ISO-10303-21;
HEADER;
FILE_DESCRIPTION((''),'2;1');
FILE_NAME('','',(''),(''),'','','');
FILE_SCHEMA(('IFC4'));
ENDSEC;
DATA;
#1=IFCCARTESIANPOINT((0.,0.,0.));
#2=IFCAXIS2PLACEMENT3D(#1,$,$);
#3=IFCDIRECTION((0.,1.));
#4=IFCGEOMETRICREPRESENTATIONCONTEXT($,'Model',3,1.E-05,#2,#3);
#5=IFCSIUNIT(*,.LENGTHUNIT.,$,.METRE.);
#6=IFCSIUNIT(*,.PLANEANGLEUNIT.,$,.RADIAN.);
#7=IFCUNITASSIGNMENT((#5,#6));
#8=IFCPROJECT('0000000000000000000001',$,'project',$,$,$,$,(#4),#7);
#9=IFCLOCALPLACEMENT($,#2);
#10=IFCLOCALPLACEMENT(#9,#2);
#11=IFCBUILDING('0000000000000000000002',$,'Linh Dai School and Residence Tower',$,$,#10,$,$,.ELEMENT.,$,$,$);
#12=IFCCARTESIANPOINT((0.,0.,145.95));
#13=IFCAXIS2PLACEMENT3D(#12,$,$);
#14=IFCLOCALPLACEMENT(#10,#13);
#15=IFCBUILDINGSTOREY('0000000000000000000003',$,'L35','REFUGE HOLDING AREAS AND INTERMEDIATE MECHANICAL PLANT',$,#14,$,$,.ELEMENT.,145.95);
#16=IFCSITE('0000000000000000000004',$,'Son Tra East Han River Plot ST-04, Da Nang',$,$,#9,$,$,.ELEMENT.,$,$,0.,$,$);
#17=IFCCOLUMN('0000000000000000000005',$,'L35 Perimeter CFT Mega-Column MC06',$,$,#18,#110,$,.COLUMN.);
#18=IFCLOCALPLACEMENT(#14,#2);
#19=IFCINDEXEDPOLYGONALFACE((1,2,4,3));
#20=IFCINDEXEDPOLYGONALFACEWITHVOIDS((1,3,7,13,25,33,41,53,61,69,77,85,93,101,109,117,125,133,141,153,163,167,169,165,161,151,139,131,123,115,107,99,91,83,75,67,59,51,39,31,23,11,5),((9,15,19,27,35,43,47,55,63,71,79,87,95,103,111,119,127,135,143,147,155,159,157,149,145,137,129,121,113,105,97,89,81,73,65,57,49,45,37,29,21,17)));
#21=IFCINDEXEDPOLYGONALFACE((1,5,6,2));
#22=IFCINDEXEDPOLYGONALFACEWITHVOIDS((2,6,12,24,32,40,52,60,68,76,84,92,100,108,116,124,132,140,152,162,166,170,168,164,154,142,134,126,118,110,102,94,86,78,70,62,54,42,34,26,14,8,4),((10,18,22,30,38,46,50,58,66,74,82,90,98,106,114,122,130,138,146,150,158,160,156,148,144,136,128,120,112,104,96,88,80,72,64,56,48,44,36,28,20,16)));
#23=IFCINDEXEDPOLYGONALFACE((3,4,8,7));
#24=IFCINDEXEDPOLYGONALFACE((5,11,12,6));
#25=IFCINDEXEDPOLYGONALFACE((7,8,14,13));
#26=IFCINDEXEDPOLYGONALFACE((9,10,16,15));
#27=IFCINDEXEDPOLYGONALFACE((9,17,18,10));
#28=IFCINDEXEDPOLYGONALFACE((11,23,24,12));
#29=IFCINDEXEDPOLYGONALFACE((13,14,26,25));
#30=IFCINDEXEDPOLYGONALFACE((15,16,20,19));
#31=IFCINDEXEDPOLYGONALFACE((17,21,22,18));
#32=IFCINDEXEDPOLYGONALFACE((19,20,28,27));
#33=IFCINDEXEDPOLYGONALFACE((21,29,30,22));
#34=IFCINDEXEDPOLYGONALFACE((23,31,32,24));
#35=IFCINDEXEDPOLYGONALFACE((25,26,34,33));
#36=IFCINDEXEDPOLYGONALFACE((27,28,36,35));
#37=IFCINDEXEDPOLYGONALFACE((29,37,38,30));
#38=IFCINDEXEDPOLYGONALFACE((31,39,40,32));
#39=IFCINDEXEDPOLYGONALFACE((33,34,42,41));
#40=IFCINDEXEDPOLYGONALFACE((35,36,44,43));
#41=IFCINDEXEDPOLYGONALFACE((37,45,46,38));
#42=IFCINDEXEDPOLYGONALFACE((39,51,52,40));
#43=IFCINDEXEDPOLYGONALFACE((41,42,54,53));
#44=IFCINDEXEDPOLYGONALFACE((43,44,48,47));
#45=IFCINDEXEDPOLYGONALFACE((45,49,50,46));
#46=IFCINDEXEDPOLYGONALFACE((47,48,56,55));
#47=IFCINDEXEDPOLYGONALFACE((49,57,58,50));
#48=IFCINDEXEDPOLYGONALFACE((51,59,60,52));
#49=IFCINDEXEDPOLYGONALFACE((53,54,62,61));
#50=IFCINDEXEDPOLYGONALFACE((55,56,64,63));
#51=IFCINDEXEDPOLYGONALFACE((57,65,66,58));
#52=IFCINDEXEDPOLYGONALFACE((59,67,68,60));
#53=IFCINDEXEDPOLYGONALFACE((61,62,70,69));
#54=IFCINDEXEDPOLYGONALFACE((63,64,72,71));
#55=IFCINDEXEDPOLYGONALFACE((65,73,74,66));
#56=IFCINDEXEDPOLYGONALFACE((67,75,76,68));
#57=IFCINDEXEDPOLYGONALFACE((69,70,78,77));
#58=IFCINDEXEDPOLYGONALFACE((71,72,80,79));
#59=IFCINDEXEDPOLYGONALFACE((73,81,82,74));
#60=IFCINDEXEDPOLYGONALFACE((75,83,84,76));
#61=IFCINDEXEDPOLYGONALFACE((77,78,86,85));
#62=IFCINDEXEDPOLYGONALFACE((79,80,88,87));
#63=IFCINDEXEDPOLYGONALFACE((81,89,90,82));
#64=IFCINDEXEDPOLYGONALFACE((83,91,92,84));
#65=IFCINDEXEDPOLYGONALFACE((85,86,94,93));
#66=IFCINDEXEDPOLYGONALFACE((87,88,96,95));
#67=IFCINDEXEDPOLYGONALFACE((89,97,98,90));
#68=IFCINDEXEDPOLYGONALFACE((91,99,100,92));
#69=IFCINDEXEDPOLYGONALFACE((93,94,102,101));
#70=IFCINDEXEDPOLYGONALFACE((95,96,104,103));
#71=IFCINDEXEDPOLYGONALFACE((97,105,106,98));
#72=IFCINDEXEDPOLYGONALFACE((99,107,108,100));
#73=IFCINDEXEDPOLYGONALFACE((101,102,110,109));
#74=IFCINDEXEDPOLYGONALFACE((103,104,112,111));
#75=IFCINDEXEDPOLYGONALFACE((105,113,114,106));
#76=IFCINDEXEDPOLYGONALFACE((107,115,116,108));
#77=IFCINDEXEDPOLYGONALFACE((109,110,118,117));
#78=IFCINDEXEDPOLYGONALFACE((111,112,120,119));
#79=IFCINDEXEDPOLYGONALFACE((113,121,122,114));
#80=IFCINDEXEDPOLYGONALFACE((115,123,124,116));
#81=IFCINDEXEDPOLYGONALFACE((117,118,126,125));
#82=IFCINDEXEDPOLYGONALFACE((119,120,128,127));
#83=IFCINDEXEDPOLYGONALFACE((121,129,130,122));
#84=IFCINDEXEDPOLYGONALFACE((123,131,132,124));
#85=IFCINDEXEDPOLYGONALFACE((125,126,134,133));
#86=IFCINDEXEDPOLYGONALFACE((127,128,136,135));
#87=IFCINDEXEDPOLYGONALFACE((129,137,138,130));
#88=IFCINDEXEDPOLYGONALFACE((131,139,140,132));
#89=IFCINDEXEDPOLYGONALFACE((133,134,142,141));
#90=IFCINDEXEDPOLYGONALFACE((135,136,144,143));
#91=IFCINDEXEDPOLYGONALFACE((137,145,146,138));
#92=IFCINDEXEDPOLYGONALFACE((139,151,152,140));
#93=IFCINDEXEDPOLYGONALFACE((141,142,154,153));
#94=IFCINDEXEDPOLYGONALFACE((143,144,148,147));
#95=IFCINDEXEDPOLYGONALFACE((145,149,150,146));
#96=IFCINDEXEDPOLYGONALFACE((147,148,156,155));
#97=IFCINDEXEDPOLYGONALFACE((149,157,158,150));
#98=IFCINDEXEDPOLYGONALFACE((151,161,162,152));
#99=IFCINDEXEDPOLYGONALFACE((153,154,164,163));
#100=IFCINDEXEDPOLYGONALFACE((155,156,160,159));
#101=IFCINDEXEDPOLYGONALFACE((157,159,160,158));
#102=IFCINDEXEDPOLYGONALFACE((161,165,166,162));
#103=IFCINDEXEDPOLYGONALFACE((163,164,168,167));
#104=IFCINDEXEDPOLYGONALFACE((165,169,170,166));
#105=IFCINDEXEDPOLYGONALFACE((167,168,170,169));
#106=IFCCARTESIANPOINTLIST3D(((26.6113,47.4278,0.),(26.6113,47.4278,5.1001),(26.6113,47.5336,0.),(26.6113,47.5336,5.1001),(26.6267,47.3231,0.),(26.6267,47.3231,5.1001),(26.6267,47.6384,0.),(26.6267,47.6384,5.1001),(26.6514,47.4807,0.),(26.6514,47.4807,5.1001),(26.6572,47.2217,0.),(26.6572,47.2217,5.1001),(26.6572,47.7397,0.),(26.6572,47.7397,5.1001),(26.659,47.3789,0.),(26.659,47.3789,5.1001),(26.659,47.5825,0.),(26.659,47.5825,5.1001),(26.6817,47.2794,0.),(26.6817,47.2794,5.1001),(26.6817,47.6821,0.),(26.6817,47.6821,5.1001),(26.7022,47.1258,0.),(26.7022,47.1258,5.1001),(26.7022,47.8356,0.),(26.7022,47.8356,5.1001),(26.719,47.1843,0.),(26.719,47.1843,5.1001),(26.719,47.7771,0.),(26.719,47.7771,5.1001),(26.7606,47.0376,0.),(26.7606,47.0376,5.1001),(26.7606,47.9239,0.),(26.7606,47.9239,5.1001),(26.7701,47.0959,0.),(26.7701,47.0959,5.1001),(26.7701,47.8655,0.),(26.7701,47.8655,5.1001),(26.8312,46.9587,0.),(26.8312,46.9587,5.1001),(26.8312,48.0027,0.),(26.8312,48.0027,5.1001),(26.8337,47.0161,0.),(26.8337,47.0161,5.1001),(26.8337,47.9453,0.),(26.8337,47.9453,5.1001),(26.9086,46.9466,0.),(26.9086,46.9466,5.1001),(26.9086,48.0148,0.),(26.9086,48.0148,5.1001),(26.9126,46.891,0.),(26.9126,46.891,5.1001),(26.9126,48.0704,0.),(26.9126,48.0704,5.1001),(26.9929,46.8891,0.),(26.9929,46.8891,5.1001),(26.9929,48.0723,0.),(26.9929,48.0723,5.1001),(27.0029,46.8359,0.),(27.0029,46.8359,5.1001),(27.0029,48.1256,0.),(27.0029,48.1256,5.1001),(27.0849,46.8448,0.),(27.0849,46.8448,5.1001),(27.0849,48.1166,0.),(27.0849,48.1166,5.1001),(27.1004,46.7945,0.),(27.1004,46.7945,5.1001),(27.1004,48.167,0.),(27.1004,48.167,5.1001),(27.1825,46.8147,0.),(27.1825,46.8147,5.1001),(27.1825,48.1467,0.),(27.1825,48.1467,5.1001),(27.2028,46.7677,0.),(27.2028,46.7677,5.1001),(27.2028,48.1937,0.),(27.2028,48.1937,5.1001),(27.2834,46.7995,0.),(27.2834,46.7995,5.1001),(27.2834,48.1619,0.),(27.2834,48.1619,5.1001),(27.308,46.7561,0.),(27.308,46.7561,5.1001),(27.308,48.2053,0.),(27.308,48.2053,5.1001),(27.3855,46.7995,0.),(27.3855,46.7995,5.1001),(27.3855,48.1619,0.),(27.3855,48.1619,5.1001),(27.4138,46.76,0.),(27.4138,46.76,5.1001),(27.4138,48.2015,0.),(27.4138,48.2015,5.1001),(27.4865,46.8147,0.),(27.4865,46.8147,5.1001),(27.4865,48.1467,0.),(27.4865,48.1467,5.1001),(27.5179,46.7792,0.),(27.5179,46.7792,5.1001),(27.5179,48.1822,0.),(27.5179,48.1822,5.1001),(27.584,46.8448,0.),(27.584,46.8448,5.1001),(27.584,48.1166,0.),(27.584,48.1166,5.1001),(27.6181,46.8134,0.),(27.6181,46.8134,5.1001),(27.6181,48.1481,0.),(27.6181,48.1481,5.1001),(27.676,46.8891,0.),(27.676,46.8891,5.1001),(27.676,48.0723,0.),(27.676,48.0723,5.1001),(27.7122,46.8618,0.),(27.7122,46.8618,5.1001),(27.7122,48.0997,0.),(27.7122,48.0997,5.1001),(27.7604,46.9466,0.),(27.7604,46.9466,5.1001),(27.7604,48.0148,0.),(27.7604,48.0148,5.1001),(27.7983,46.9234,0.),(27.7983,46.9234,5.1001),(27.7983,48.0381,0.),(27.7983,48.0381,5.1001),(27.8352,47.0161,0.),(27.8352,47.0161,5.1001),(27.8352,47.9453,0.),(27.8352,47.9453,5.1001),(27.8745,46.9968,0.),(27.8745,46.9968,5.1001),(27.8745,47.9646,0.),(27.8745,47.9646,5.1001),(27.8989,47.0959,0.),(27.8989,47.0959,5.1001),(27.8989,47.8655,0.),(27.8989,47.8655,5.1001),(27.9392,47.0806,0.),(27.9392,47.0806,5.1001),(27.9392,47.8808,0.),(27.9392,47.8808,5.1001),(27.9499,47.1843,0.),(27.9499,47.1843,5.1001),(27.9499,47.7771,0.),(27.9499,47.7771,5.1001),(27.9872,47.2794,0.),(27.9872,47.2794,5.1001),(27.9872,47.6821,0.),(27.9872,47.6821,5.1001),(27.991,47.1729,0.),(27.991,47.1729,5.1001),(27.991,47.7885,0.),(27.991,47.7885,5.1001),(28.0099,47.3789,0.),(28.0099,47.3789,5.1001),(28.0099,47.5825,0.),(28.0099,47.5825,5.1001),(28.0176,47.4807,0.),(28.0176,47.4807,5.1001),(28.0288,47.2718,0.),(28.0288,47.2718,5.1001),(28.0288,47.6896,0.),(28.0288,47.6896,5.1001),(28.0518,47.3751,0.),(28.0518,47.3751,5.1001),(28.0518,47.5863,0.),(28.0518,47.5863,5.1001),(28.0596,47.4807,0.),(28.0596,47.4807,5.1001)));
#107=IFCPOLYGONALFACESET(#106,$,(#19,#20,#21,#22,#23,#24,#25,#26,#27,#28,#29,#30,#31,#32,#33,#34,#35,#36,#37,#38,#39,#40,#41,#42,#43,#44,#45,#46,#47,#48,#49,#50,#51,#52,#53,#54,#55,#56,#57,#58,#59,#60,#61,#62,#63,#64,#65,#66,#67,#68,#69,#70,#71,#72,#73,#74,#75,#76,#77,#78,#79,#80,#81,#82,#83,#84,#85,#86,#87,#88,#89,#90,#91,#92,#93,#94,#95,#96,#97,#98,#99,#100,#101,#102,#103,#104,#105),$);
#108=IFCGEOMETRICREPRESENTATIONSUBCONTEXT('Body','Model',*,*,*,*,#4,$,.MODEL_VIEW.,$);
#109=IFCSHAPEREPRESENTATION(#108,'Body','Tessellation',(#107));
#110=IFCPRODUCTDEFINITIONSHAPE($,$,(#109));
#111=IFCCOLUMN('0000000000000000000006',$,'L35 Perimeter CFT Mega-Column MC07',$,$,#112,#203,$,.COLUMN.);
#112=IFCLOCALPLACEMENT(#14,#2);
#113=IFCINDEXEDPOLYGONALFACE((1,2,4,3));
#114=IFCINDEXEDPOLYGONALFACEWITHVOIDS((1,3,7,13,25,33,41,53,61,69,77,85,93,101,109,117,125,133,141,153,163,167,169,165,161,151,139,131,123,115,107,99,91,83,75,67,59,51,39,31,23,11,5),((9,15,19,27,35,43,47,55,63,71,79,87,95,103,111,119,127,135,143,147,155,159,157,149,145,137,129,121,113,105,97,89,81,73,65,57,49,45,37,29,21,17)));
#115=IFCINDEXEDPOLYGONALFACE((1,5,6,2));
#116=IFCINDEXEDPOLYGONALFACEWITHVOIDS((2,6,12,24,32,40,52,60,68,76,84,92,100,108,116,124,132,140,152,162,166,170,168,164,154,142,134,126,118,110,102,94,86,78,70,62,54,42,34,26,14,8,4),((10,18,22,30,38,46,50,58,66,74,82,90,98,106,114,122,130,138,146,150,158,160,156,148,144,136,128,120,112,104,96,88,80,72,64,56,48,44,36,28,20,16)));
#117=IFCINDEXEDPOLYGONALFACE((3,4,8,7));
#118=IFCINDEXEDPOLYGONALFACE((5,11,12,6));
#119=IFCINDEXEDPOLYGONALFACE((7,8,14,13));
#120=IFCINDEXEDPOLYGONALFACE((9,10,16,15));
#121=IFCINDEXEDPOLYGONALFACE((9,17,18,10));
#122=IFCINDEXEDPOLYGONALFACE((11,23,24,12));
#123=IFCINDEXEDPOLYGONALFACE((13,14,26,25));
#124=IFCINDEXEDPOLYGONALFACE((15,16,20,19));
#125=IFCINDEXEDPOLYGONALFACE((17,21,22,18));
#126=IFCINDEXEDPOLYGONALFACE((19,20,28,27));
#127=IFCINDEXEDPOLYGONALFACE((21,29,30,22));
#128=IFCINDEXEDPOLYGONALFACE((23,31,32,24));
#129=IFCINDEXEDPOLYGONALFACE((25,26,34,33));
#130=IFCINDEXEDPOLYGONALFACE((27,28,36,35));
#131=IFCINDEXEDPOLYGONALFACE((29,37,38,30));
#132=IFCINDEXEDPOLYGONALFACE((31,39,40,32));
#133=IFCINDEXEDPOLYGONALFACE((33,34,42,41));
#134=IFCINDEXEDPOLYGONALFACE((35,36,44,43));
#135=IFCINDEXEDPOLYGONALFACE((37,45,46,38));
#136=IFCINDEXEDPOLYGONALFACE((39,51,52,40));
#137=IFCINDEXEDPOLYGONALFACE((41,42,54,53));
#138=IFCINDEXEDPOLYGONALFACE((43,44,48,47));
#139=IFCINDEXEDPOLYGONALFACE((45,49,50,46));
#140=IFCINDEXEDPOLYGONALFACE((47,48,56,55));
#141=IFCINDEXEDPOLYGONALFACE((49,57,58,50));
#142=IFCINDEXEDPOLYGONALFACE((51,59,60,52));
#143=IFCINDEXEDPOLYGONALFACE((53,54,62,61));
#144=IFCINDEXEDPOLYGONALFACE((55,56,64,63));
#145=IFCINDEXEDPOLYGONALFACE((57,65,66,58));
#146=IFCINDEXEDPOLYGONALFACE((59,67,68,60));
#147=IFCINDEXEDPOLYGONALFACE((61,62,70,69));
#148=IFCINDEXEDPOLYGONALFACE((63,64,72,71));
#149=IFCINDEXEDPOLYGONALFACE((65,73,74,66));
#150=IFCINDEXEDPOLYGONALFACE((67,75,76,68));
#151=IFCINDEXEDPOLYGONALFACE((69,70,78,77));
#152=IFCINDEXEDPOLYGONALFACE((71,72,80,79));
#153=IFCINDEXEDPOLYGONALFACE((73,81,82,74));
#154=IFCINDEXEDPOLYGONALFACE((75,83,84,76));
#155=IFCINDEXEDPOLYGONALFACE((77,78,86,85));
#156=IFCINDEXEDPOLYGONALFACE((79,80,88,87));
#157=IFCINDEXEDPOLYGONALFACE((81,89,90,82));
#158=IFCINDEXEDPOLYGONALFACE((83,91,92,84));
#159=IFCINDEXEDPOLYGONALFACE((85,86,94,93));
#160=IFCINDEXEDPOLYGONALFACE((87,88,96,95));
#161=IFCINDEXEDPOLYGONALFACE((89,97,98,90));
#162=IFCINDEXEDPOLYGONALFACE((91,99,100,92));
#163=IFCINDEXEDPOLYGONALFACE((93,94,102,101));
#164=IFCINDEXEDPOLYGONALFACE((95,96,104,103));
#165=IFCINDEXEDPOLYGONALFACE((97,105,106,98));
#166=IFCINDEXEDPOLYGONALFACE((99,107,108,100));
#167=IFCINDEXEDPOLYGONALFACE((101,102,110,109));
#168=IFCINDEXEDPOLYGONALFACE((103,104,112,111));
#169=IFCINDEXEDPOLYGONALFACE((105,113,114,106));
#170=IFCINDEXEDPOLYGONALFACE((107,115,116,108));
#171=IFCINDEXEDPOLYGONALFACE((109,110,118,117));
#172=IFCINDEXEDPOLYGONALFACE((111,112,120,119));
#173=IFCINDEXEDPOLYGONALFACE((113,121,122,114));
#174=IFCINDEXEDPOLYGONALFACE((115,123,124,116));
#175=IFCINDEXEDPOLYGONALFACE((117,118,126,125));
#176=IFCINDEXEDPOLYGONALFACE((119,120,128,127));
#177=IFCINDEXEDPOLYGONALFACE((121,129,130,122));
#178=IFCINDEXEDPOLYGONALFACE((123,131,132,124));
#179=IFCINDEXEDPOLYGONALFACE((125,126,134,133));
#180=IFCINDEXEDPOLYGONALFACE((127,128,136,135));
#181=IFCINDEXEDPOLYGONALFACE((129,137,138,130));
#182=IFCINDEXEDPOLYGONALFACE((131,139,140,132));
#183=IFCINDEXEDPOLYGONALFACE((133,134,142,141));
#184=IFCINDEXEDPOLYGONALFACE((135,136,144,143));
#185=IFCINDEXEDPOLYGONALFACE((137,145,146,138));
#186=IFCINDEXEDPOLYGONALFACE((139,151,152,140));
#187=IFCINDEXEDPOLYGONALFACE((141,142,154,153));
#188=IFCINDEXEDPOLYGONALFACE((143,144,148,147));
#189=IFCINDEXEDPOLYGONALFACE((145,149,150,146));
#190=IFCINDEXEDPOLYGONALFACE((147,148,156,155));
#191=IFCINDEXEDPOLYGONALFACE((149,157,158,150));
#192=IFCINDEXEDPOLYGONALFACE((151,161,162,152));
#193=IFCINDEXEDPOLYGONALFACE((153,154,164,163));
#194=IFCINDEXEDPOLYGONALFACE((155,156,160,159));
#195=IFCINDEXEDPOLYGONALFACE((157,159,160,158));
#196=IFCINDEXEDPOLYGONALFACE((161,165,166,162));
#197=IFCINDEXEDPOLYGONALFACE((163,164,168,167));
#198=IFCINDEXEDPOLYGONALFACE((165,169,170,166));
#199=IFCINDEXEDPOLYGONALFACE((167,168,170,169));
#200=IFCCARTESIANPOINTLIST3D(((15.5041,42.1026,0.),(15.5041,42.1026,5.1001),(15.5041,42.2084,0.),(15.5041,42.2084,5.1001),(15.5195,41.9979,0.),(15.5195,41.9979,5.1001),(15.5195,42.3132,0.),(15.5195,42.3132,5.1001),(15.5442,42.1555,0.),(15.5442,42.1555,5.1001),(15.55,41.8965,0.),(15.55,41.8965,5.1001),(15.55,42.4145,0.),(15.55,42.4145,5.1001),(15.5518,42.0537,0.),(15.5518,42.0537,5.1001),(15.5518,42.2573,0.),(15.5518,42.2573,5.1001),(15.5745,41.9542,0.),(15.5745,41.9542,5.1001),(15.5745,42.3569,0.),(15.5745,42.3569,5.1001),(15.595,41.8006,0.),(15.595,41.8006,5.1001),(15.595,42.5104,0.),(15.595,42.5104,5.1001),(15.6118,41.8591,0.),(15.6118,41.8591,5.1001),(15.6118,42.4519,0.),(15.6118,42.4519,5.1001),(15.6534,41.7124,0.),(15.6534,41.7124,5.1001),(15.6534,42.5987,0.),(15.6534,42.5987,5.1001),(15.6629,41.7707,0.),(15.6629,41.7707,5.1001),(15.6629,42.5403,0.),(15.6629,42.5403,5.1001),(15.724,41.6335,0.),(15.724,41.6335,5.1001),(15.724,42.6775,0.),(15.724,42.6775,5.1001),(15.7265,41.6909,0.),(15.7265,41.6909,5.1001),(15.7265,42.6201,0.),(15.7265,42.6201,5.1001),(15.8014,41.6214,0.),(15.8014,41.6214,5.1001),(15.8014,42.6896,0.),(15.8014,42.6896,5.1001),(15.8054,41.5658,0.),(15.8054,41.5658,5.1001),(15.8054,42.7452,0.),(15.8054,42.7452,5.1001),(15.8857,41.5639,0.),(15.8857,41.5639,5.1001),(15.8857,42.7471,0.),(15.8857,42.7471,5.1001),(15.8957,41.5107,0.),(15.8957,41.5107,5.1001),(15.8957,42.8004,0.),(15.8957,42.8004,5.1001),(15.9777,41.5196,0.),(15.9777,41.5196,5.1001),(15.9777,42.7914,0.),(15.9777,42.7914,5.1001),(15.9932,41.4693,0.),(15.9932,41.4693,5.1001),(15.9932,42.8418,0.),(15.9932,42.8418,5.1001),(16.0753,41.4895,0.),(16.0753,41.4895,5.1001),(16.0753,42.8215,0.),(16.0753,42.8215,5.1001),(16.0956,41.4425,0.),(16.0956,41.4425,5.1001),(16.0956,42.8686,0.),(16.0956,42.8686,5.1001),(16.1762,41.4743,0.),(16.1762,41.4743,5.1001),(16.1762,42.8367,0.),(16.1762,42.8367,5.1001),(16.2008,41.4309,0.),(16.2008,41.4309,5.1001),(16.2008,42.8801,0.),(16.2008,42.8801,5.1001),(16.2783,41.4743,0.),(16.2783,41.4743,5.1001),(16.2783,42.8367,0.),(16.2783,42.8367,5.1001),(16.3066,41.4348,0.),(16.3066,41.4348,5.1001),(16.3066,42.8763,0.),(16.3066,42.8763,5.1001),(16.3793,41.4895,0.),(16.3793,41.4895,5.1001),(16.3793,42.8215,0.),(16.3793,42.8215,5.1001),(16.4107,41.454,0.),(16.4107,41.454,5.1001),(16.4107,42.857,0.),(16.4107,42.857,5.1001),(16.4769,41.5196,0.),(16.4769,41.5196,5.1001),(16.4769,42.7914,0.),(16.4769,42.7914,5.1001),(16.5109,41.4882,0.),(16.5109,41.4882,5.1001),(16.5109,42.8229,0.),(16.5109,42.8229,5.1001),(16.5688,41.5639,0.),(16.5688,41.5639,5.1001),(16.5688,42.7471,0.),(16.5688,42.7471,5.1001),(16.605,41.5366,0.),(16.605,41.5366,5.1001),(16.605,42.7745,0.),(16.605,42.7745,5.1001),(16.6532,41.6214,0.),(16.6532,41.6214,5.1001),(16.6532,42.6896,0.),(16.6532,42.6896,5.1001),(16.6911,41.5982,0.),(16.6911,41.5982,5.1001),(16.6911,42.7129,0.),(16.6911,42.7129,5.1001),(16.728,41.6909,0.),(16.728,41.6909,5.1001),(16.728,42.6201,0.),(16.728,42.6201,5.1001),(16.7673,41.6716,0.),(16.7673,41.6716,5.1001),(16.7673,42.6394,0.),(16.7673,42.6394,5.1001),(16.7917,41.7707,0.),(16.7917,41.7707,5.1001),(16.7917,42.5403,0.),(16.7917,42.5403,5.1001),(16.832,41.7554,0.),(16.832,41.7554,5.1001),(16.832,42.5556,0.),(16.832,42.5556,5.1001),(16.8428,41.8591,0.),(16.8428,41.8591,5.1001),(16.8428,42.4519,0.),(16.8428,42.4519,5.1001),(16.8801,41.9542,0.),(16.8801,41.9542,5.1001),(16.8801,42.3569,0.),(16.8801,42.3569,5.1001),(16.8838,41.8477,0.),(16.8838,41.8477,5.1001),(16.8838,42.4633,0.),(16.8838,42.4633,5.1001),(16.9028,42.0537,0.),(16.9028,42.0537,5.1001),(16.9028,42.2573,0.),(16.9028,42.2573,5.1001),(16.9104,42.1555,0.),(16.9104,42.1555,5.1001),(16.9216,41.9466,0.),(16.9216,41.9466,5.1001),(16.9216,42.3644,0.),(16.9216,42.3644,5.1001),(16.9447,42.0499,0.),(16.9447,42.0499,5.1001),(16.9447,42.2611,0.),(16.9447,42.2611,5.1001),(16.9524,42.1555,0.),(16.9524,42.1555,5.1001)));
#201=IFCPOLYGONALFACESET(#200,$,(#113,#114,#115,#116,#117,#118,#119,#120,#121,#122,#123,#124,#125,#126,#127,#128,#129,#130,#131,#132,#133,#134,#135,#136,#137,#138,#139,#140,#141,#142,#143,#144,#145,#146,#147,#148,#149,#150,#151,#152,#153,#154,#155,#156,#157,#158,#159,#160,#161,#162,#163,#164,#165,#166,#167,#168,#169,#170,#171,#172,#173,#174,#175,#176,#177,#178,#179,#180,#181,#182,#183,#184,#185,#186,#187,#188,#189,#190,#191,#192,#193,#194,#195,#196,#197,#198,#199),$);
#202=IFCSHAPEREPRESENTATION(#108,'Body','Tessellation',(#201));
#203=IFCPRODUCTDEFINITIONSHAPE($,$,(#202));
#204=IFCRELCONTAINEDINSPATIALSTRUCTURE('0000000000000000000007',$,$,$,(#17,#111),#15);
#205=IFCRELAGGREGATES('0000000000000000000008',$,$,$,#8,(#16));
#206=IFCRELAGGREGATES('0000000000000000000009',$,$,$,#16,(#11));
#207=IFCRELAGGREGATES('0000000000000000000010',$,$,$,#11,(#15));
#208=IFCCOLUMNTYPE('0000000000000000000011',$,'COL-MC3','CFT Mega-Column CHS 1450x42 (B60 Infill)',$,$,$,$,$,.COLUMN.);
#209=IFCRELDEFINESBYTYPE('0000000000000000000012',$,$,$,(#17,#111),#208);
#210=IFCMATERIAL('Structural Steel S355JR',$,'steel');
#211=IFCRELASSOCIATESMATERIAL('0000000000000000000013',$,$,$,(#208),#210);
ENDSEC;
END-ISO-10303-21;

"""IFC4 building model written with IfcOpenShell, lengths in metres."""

from ifc_helpers import new_model, si_unit, direction, frame, origin, origin_2d, place, context, subcontext, project, spatial, hollow_circle, extrude, material, material_profile, profile_set, type_object, element, save


model = new_model("IFC4")

# Units and contexts
model_context = context("Model", 3, precision=1e-05, world=origin(), true_north=direction((0.0, 1.0)))
body_context = subcontext(model_context, "Body", "Model", "MODEL_VIEW")
ifc_project = project(units=[si_unit("LENGTHUNIT", "METRE"), si_unit("PLANEANGLEUNIT", "RADIAN")], contexts=[model_context])

# Site, building, storey
site_placement = place(None, origin())
site = spatial("IfcSite", under=ifc_project, at=site_placement, Name="Son Tra East Han River Plot ST-04, Da Nang", CompositionType="ELEMENT", RefElevation=0.0)
building_placement = place(site_placement, origin())
building = spatial("IfcBuilding", under=site, at=building_placement, Name="Linh Dai School and Residence Tower", CompositionType="ELEMENT")
storey_placement = place(building_placement, frame((0.0, 0.0, 145.95)))
storey = spatial("IfcBuildingStorey", under=building, at=storey_placement, Name="L35", Description="REFUGE HOLDING AREAS AND INTERMEDIATE MECHANICAL PLANT", CompositionType="ELEMENT", Elevation=145.95)

# Columns
ifc_material_1 = material(Name="Structural Steel S355JR", Category="steel")
ifc_material_profile_1 = material_profile(ifc_material_1, hollow_circle(Radius=0.7251, WallThickness=0.042, at=origin_2d()), Name="CHS 1450x42")
ifc_profile_set_1 = profile_set([ifc_material_profile_1], Name="Structural Steel S355JR")
column_type = type_object("IfcColumnType", Name="COL-MC3", Description="CFT Mega-Column CHS 1450x42 (B60 Infill)", PredefinedType="COLUMN", material=ifc_profile_set_1)
for number, where, z_axis, x_axis, name in (
    (1, (27.3345, 47.4807, 0.0), (0.0, 0.0, 1.0), (1.0, 0.0, 0.0), "L35 Perimeter CFT Mega-Column MC06"),
    (2, (16.2273, 42.1555, 0.0), (0.0, 0.0, 1.0), (1.0, 0.0, 0.0), "L35 Perimeter CFT Mega-Column MC07"),
):
    element("IfcColumn", number, at=place(storey_placement, frame(where, z_axis=z_axis, x_axis=x_axis)), inside=storey, type_object=column_type, Name=name, PredefinedType="COLUMN", context=body_context, shape_type="SweptSolid", body=[
        extrude(hollow_circle(Radius=0.7251, WallThickness=0.042, at=origin_2d()), origin(), (0.0, 0.0, 1.0), 5.1001),
    ])

save(model, "model.ifc")
